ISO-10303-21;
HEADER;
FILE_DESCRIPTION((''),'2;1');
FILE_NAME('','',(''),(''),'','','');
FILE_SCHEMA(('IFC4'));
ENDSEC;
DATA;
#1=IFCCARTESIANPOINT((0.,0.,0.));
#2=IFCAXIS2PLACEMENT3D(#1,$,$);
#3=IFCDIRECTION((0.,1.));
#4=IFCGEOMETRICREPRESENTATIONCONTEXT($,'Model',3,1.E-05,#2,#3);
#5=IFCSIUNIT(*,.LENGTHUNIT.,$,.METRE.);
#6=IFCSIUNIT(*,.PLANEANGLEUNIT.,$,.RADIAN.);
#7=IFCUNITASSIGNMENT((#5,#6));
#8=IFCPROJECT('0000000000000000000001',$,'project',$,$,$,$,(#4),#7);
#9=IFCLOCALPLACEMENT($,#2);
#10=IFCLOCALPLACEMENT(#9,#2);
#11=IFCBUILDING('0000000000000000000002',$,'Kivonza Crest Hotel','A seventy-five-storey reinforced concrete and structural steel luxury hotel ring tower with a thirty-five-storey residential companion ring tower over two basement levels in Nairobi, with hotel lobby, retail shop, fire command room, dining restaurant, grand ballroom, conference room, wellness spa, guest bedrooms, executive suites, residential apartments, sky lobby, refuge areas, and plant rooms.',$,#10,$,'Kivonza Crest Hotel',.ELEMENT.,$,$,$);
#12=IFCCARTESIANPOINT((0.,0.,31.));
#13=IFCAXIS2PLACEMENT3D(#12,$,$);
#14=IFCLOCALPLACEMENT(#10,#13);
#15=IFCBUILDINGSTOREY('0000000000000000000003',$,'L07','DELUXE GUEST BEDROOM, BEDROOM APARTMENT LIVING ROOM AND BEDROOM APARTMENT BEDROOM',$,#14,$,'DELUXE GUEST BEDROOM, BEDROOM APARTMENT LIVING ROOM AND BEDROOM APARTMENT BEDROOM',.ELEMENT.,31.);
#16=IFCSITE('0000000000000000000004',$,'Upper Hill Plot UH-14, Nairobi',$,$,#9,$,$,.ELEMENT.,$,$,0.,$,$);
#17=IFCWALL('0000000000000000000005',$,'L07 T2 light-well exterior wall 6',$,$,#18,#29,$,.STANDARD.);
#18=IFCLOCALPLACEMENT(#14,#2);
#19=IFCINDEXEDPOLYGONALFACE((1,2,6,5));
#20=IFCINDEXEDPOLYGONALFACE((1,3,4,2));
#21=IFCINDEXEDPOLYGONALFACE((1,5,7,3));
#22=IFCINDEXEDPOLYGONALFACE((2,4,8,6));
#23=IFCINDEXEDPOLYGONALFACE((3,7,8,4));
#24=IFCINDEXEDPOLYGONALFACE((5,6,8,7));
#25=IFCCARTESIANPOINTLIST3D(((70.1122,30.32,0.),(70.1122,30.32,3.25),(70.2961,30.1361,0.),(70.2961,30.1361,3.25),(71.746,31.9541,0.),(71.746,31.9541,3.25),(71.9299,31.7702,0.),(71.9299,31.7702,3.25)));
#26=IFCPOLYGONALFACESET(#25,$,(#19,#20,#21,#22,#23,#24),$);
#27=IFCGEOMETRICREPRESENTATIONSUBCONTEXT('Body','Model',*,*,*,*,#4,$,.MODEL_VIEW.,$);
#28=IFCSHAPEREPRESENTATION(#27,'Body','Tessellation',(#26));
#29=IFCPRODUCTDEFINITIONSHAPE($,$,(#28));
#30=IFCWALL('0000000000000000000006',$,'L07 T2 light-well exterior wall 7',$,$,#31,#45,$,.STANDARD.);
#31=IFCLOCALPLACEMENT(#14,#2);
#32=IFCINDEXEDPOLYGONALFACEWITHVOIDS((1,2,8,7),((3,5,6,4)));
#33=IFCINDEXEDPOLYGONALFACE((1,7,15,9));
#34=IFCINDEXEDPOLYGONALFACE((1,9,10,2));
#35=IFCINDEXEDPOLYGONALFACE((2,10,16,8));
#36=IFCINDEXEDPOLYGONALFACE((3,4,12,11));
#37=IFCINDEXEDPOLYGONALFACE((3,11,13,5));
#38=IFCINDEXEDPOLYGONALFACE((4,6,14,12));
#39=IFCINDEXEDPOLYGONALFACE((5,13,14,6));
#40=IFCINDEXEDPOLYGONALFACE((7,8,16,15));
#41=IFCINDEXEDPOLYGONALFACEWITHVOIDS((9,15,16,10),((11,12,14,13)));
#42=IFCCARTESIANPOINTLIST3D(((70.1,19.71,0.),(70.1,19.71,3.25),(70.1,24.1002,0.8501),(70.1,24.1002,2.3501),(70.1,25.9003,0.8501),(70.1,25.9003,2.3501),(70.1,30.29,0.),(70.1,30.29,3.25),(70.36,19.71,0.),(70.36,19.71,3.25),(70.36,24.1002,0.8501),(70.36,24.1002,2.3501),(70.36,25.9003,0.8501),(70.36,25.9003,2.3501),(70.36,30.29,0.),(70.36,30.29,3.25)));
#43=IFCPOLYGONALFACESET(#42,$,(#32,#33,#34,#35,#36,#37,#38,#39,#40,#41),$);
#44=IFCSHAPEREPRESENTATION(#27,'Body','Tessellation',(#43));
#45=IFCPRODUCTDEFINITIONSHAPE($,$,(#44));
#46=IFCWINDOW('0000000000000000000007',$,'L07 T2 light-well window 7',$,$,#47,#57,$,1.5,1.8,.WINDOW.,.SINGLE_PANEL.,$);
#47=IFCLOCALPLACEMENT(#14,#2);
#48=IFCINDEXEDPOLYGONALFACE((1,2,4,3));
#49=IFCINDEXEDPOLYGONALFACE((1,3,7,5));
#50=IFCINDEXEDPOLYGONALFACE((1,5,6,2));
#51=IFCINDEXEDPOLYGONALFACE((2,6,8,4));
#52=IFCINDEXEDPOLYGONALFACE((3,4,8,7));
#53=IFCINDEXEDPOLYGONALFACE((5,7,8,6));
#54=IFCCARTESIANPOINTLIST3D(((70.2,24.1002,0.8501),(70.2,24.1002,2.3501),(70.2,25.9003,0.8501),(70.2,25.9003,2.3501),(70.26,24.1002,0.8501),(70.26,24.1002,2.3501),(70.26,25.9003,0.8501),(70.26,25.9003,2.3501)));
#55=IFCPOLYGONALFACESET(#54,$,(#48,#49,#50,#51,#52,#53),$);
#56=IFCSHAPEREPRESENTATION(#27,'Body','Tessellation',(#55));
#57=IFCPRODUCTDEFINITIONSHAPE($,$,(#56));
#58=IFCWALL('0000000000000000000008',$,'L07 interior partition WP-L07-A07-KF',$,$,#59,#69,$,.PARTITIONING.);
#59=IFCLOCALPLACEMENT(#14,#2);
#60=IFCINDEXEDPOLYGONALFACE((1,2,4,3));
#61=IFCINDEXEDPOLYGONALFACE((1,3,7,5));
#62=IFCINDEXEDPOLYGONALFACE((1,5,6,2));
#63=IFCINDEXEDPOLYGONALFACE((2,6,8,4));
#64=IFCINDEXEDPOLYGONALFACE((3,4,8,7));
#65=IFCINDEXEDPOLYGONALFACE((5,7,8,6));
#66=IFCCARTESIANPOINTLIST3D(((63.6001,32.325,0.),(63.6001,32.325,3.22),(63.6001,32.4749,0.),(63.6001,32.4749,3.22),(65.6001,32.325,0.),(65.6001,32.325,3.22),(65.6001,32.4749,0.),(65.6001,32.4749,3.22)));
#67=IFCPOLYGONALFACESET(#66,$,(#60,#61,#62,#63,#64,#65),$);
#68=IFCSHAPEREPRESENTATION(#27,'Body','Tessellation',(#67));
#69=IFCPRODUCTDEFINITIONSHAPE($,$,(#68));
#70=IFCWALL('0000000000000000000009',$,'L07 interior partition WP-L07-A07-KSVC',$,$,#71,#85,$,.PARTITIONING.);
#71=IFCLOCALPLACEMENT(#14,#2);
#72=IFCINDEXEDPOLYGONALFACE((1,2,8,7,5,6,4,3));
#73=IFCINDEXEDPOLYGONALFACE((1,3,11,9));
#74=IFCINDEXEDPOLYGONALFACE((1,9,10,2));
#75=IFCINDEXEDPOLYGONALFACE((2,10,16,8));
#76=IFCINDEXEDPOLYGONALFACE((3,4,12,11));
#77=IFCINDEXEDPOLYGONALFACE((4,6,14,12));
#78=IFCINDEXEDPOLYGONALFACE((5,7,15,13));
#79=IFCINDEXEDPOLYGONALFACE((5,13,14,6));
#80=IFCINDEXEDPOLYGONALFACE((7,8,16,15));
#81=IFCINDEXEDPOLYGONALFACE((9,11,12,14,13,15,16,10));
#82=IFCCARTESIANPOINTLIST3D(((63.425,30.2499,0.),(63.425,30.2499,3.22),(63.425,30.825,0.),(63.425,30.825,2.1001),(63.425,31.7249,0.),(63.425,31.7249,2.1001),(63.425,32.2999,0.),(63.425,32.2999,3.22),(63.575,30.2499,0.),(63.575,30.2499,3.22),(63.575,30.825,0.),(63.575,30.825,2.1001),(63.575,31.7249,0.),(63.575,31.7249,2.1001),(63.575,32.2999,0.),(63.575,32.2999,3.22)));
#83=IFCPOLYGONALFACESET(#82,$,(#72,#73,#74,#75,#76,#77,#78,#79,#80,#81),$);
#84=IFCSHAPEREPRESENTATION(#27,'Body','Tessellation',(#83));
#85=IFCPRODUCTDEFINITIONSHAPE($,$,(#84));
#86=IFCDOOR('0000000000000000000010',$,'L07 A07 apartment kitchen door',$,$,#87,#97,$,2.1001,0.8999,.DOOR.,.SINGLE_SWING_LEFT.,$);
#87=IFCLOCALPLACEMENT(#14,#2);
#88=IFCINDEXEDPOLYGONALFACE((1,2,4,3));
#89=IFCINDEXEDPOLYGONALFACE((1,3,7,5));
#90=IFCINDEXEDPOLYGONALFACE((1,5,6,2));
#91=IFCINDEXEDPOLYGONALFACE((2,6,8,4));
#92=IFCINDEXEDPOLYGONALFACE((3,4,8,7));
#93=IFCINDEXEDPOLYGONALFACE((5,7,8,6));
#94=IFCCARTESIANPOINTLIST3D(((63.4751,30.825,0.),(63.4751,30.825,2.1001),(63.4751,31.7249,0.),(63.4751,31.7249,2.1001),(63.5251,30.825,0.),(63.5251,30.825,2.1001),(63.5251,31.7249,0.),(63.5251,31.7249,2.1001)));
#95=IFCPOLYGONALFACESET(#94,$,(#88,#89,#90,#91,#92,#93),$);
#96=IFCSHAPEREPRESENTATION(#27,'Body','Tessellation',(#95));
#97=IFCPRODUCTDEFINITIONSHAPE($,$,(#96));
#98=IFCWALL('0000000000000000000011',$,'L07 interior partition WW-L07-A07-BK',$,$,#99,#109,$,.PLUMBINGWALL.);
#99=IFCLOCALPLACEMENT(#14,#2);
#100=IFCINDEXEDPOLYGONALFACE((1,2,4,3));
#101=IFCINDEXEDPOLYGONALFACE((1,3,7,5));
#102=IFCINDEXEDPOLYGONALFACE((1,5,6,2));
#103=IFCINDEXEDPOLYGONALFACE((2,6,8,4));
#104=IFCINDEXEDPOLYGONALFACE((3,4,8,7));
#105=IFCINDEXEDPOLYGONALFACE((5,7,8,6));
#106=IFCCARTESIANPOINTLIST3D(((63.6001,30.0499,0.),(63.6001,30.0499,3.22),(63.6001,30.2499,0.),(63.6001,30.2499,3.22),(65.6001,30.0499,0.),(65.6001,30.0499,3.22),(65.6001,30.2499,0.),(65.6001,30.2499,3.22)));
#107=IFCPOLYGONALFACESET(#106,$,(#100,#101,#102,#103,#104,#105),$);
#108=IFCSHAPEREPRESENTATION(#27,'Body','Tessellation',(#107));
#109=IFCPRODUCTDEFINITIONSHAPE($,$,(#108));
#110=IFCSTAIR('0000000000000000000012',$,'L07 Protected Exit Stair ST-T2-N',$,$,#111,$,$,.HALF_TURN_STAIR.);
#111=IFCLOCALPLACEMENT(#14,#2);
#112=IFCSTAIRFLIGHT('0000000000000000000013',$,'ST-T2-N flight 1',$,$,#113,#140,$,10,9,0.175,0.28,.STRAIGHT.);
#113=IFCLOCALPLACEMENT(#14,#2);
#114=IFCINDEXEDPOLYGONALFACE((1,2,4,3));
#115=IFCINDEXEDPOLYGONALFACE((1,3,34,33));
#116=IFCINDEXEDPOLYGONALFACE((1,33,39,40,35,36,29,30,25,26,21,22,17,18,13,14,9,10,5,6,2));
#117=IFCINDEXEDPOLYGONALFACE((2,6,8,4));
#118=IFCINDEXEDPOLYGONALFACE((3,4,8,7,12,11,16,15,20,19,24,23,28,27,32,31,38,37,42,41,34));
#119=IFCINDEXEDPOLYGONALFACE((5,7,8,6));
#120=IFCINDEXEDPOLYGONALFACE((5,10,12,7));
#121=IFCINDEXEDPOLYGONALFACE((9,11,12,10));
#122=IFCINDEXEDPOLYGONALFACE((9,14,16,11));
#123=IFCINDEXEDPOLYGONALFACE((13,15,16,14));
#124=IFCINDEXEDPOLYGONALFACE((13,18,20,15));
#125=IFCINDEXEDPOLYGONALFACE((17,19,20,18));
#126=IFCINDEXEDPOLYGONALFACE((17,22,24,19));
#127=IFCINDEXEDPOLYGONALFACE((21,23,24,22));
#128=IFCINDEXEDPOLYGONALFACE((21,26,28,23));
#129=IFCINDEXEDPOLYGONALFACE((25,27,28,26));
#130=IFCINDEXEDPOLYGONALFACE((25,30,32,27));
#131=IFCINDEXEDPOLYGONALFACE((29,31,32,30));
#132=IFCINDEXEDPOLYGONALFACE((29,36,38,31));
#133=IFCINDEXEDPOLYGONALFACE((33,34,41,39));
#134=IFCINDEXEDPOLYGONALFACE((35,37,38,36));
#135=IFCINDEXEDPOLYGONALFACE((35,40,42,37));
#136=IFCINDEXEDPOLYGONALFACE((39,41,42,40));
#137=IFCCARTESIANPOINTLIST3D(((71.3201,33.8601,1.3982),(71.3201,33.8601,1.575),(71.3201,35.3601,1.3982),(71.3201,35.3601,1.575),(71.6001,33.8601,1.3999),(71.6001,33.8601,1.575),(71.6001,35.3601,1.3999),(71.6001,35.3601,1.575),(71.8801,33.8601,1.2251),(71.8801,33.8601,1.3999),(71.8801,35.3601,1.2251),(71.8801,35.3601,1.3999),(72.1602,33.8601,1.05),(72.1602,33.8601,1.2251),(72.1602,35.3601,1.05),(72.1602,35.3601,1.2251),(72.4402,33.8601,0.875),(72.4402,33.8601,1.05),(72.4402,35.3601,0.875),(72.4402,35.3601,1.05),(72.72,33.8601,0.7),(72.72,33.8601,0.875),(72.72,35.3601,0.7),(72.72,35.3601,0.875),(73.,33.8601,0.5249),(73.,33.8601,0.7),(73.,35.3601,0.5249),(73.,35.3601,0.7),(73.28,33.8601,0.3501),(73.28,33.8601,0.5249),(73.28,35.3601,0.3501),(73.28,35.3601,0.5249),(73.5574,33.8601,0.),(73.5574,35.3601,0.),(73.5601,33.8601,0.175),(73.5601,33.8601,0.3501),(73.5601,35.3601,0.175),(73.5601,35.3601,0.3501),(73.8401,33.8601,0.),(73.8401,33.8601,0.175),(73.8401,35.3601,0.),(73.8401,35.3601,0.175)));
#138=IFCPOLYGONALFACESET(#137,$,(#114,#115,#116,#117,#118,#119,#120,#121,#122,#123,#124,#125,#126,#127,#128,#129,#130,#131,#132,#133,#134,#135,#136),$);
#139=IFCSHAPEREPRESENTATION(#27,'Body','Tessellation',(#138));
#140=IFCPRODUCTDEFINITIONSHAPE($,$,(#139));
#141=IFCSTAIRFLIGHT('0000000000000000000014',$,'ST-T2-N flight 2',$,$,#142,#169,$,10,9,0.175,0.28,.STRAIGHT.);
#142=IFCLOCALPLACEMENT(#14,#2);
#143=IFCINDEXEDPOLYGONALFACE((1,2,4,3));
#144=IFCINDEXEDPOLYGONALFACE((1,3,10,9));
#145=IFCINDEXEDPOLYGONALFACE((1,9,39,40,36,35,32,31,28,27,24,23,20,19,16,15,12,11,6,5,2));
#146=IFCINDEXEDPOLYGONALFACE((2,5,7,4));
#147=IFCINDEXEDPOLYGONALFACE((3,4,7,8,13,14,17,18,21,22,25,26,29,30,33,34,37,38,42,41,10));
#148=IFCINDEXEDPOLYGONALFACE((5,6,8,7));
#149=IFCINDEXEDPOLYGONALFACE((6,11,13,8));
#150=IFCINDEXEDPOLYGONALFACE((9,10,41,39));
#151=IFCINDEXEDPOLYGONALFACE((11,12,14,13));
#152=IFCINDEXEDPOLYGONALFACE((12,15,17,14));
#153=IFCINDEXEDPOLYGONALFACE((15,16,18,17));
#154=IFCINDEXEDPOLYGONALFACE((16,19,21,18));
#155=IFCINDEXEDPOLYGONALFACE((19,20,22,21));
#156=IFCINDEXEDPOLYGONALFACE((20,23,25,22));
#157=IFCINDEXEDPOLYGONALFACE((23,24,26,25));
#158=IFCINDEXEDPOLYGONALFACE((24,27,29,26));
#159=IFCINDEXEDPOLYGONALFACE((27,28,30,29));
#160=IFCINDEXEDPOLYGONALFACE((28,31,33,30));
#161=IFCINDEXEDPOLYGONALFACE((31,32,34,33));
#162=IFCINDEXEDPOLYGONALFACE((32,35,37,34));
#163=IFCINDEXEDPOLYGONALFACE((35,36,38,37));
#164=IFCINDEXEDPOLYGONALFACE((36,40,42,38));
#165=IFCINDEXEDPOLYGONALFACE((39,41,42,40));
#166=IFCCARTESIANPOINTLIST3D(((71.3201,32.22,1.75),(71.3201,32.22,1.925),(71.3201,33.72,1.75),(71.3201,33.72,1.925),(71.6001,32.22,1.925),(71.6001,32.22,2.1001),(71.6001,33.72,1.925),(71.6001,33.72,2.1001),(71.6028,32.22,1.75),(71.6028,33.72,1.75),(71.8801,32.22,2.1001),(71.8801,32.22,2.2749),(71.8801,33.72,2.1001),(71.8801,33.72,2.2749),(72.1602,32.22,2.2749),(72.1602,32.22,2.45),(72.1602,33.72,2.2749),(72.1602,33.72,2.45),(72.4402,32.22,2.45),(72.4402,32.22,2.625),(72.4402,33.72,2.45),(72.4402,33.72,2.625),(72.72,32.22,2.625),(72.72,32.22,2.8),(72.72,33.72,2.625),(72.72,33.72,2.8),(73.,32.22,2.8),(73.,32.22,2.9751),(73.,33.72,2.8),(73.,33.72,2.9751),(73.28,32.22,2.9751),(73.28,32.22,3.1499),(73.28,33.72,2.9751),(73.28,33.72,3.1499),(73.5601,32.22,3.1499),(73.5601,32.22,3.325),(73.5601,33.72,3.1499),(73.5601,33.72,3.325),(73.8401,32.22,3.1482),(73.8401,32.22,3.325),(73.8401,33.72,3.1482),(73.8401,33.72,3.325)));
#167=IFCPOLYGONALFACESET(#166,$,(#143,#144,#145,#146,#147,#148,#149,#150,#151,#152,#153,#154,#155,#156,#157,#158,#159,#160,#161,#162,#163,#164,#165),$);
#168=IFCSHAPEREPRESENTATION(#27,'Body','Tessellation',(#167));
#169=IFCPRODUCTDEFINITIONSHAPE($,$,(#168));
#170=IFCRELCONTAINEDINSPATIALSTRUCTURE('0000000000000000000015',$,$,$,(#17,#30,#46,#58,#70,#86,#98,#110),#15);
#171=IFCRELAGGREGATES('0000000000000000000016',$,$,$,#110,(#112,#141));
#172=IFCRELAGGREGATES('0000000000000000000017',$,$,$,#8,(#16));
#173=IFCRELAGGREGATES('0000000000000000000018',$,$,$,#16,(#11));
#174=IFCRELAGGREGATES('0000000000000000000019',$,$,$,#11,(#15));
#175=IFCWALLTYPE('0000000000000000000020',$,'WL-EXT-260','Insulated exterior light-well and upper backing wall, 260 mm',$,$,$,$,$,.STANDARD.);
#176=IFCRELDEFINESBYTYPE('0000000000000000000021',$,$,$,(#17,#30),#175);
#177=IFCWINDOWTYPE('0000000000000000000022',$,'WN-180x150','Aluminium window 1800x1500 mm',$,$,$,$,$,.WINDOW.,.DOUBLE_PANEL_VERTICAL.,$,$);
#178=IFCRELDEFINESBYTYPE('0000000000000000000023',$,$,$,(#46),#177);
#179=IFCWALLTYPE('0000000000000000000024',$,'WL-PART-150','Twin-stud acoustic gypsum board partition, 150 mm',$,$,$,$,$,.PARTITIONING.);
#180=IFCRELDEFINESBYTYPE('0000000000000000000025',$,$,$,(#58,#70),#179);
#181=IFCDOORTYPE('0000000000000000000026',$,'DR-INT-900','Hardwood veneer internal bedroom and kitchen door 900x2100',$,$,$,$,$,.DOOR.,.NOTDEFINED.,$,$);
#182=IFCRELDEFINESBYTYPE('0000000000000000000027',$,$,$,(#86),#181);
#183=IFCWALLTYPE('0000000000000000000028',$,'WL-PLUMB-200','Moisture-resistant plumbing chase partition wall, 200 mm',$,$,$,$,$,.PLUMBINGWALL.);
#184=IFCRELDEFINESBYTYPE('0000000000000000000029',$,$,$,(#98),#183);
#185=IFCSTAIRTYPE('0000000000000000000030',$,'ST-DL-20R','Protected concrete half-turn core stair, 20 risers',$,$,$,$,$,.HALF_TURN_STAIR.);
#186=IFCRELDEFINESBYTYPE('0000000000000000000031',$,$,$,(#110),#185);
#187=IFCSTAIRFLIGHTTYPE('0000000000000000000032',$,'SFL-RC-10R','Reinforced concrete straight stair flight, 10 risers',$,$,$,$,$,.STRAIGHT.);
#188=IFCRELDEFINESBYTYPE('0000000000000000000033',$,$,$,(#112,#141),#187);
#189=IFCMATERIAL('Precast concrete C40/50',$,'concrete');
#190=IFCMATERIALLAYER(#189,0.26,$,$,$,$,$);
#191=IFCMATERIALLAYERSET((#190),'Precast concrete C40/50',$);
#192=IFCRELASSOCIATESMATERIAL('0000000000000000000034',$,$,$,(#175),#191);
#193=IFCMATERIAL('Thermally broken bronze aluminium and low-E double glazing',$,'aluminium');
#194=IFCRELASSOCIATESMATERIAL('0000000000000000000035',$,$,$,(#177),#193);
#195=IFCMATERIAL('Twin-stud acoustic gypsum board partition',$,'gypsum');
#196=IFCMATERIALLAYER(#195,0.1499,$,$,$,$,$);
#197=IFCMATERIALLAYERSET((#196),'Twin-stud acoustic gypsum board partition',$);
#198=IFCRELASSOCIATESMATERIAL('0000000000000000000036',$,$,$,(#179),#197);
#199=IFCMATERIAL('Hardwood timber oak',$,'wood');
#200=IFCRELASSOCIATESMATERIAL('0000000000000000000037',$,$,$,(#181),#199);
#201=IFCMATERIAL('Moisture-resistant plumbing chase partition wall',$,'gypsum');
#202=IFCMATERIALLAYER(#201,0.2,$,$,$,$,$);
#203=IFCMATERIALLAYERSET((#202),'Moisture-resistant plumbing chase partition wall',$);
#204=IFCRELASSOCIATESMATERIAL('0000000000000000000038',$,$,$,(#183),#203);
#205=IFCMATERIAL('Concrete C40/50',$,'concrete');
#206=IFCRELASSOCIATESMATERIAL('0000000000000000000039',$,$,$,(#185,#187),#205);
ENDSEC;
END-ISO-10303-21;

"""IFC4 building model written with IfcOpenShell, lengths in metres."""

from ifc_helpers import new_model, si_unit, direction, frame, frame_2d, origin, place, context, subcontext, project, spatial, polyline, rectangle, outline, extrude, material, layer, layer_set, type_object, element, fill, aggregate, save


model = new_model("IFC4")

# Units and contexts
model_context = context("Model", 3, precision=1e-05, world=origin(), true_north=direction((0.0, 1.0)))
body_context = subcontext(model_context, "Body", "Model", "MODEL_VIEW")
ifc_project = project(units=[si_unit("LENGTHUNIT", "METRE"), si_unit("PLANEANGLEUNIT", "RADIAN")], contexts=[model_context])

# Site, building, storey
site_placement = place(None, origin())
site = spatial("IfcSite", under=ifc_project, at=site_placement, Name="Upper Hill Plot UH-14, Nairobi", CompositionType="ELEMENT", RefElevation=0.0)
building_placement = place(site_placement, origin())
building = spatial("IfcBuilding", under=site, at=building_placement, Name="Kivonza Crest Hotel", Description="A seventy-five-storey reinforced concrete and structural steel luxury hotel ring tower with a thirty-five-storey residential companion ring tower over two basement levels in Nairobi, with hotel lobby, retail shop, fire command room, dining restaurant, grand ballroom, conference room, wellness spa, guest bedrooms, executive suites, residential apartments, sky lobby, refuge areas, and plant rooms.", LongName="Kivonza Crest Hotel", CompositionType="ELEMENT")
storey_placement = place(building_placement, frame((0.0, 0.0, 31.0)))
storey = spatial("IfcBuildingStorey", under=building, at=storey_placement, Name="L07", Description="DELUXE GUEST BEDROOM, BEDROOM APARTMENT LIVING ROOM AND BEDROOM APARTMENT BEDROOM", LongName="DELUXE GUEST BEDROOM, BEDROOM APARTMENT LIVING ROOM AND BEDROOM APARTMENT BEDROOM", CompositionType="ELEMENT", Elevation=31.0)

# Shared definitions
ifc_material_1 = material(Name="Hardwood timber oak", Category="wood")

# Wall
ifc_material_2 = material(Name="Precast concrete C40/50", Category="concrete")
ifc_layer_1 = layer(ifc_material_2, 0.26)
ifc_layer_set_1 = layer_set([ifc_layer_1], Name="Precast concrete C40/50")
wall_type_1 = type_object("IfcWallType", Name="WL-EXT-260", Description="Insulated exterior light-well and upper backing wall, 260 mm", PredefinedType="STANDARD", material=ifc_layer_set_1)
wall_1_placement = place(storey_placement, frame((71.8379, 31.8621, 0.0), z_axis=(0.0, 0.0, 1.0), x_axis=(-0.707054, -0.70716, 0.0)))
element("IfcWall", 1, at=wall_1_placement, inside=storey, type_object=wall_type_1, Name="L07 T2 light-well exterior wall 6", PredefinedType="STANDARD", context=body_context, shape_type="SweptSolid", body=[
    extrude(rectangle(XDim=2.3108, YDim=0.26, at=frame_2d((1.1553, 0.0))), origin(), (0.0, 0.0, 1.0), 3.25),
])

# Wall, opening, window
wall_2_placement = place(storey_placement, frame((70.23, 30.29, 0.0), z_axis=(0.0, 0.0, 1.0), x_axis=(0.0, -1.0, 0.0)))
wall_2 = element("IfcWall", 2, at=wall_2_placement, inside=storey, type_object=wall_type_1, Name="L07 T2 light-well exterior wall 7", PredefinedType="STANDARD", context=body_context, shape_type="SweptSolid", body=[
    extrude(rectangle(XDim=10.5801, YDim=0.26, at=frame_2d((5.29, 0.0))), origin(), (0.0, 0.0, 1.0), 3.25),
])
opening_1_placement = place(wall_2_placement, frame((4.3899, 0.0, 0.8501)))
opening_1 = element("IfcOpeningElement", 3, at=opening_1_placement, cuts=wall_2, PredefinedType="OPENING", context=body_context, shape_type="SweptSolid", body=[
    extrude(rectangle(XDim=1.8, YDim=1.5, at=frame_2d((0.8999, 0.75))), frame((0.0, 0.1401, 0.0), z_axis=(0.0, -1.0, 0.0), x_axis=(1.0, 0.0, 0.0)), (0.0, 0.0, 1.0), 0.28),
])
ifc_material_3 = material(Name="Thermally broken bronze aluminium and low-E double glazing", Category="aluminium")
window_type = type_object("IfcWindowType", Name="WN-180x150", Description="Aluminium window 1800x1500 mm", PartitioningType="DOUBLE_PANEL_VERTICAL", PredefinedType="WINDOW", material=ifc_material_3)
window_placement = place(opening_1_placement, origin())
window = element("IfcWindow", 4, at=window_placement, inside=storey, type_object=window_type, Name="L07 T2 light-well window 7", OverallHeight=1.5, OverallWidth=1.8, PartitioningType="SINGLE_PANEL", PredefinedType="WINDOW", context=body_context, shape_type="SweptSolid", body=[
    extrude(rectangle(XDim=1.8, YDim=1.5, at=frame_2d((0.8999, 0.75))), frame((0.0, 0.03, 0.0), z_axis=(0.0, -1.0, 0.0), x_axis=(1.0, 0.0, 0.0)), (0.0, 0.0, 1.0), 0.0601),
])
fill(opening_1, window)

# Wall
ifc_material_4 = material(Name="Twin-stud acoustic gypsum board partition", Category="gypsum")
ifc_layer_2 = layer(ifc_material_4, 0.1499)
ifc_layer_set_2 = layer_set([ifc_layer_2], Name="Twin-stud acoustic gypsum board partition")
wall_type_2 = type_object("IfcWallType", Name="WL-PART-150", Description="Twin-stud acoustic gypsum board partition, 150 mm", PredefinedType="PARTITIONING", material=ifc_layer_set_2)
wall_3_placement = place(storey_placement, frame((63.6001, 32.3999, 0.0), z_axis=(0.0, 0.0, 1.0), x_axis=(1.0, 0.0, 0.0)))
element("IfcWall", 5, at=wall_3_placement, inside=storey, type_object=wall_type_2, Name="L07 interior partition WP-L07-A07-KF", PredefinedType="PARTITIONING", context=body_context, shape_type="SweptSolid", body=[
    extrude(rectangle(XDim=2.0, YDim=0.1499, at=frame_2d((1.0, 0.0))), origin(), (0.0, 0.0, 1.0), 3.22),
])

# Wall, opening, door
wall_4_placement = place(storey_placement, frame((63.5, 30.25, 0.0), z_axis=(0.0, 0.0, 1.0), x_axis=(0.0, 1.0, 0.0)))
wall_4 = element("IfcWall", 6, at=wall_4_placement, inside=storey, type_object=wall_type_2, Name="L07 interior partition WP-L07-A07-KSVC", PredefinedType="PARTITIONING", context=body_context, shape_type="SweptSolid", body=[
    extrude(rectangle(XDim=2.05, YDim=0.1499, at=frame_2d((1.0249, 0.0))), origin(), (0.0, 0.0, 1.0), 3.22),
])
opening_2_placement = place(wall_4_placement, frame((0.575, 0.0, 0.0)))
opening_2 = element("IfcOpeningElement", 7, at=opening_2_placement, cuts=wall_4, PredefinedType="OPENING", context=body_context, shape_type="SweptSolid", body=[
    extrude(rectangle(XDim=0.8999, YDim=2.1001, at=frame_2d((0.45, 1.05))), frame((0.0, 0.085, 0.0), z_axis=(0.0, -1.0, 0.0), x_axis=(1.0, 0.0, 0.0)), (0.0, 0.0, 1.0), 0.1699),
])
door_type_1 = type_object("IfcDoorType", Name="DR-INT-900", Description="Hardwood veneer internal bedroom and kitchen door 900x2100", OperationType="NOTDEFINED", PredefinedType="DOOR", material=ifc_material_1)
door_1_placement = place(opening_2_placement, origin())
door_1 = element("IfcDoor", 8, at=door_1_placement, inside=storey, type_object=door_type_1, Name="L07 A07 apartment kitchen door", OperationType="SINGLE_SWING_LEFT", OverallHeight=2.1001, OverallWidth=0.8999, PredefinedType="DOOR", context=body_context, shape_type="SweptSolid", body=[
    extrude(rectangle(XDim=0.8999, YDim=2.1001, at=frame_2d((0.45, 1.05))), frame((0.0, 0.0249, 0.0), z_axis=(0.0, -1.0, 0.0), x_axis=(1.0, 0.0, 0.0)), (0.0, 0.0, 1.0), 0.05),
])
fill(opening_2, door_1)

# Wall
ifc_material_5 = material(Name="Moisture-resistant plumbing chase partition wall", Category="gypsum")
ifc_layer_3 = layer(ifc_material_5, 0.2)
ifc_layer_set_3 = layer_set([ifc_layer_3], Name="Moisture-resistant plumbing chase partition wall")
wall_type_3 = type_object("IfcWallType", Name="WL-PLUMB-200", Description="Moisture-resistant plumbing chase partition wall, 200 mm", PredefinedType="PLUMBINGWALL", material=ifc_layer_set_3)
wall_5_placement = place(storey_placement, frame((63.6001, 30.1499, 0.0), z_axis=(0.0, 0.0, 1.0), x_axis=(1.0, 0.0, 0.0)))
element("IfcWall", 9, at=wall_5_placement, inside=storey, type_object=wall_type_3, Name="L07 interior partition WW-L07-A07-BK", PredefinedType="PLUMBINGWALL", context=body_context, shape_type="SweptSolid", body=[
    extrude(rectangle(XDim=2.0, YDim=0.2, at=frame_2d((1.0, 0.0))), origin(), (0.0, 0.0, 1.0), 3.22),
])

# Stair, stair flights
ifc_material_6 = material(Name="Concrete C40/50", Category="concrete")
stair_type = type_object("IfcStairType", Name="ST-DL-20R", Description="Protected concrete half-turn core stair, 20 risers", PredefinedType="HALF_TURN_STAIR", material=ifc_material_6)
stair_placement = place(storey_placement, origin())
stair = element("IfcStair", 10, at=stair_placement, inside=storey, type_object=stair_type, Name="L07 Protected Exit Stair ST-T2-N", PredefinedType="HALF_TURN_STAIR")
stair_flight_type = type_object("IfcStairFlightType", Name="SFL-RC-10R", Description="Reinforced concrete straight stair flight, 10 risers", PredefinedType="STRAIGHT", material=ifc_material_6)
stair_flight_1_placement = place(storey_placement, frame((73.8401, 34.6101, 0.0), z_axis=(0.0, 0.0, 1.0), x_axis=(-1.0, 0.0, 0.0)))
stair_flight_1 = element("IfcStairFlight", 11, at=stair_flight_1_placement, type_object=stair_flight_type, Name="ST-T2-N flight 1", NumberOfRisers=10, NumberOfTreads=9, PredefinedType="STRAIGHT", RiserHeight=0.175, TreadLength=0.28, context=body_context, shape_type="SweptSolid", body=[
    extrude(outline(polyline([(0.0, 0.0), (0.0, 0.175), (0.28, 0.175), (0.28, 0.3501), (0.5601, 0.3501), (0.5601, 0.5249), (0.8401, 0.5249), (0.8401, 0.7), (1.1201, 0.7), (1.1201, 0.875), (1.3999, 0.875), (1.3999, 1.05), (1.6799, 1.05), (1.6799, 1.2251), (1.96, 1.2251), (1.96, 1.3999), (2.24, 1.3999), (2.24, 1.575), (2.52, 1.575), (2.52, 1.75), (2.52, 1.3982), (0.2827, 0.0), (0.0, 0.0)])), frame((0.0, 0.75, 0.0), z_axis=(0.0, -1.0, 0.0), x_axis=(1.0, 0.0, 0.0)), (0.0, 0.0, 1.0), 1.5),
])
stair_flight_2_placement = place(storey_placement, frame((71.3201, 32.97, 1.75), z_axis=(0.0, 0.0, 1.0), x_axis=(1.0, 0.0, 0.0)))
stair_flight_2 = element("IfcStairFlight", 12, at=stair_flight_2_placement, type_object=stair_flight_type, Name="ST-T2-N flight 2", NumberOfRisers=10, NumberOfTreads=9, PredefinedType="STRAIGHT", RiserHeight=0.175, TreadLength=0.28, context=body_context, shape_type="SweptSolid", body=[
    extrude(outline(polyline([(0.0, 0.0), (0.0, 0.175), (0.28, 0.175), (0.28, 0.3501), (0.5601, 0.3501), (0.5601, 0.5249), (0.8401, 0.5249), (0.8401, 0.7), (1.1201, 0.7), (1.1201, 0.875), (1.3999, 0.875), (1.3999, 1.05), (1.6799, 1.05), (1.6799, 1.2251), (1.96, 1.2251), (1.96, 1.3999), (2.24, 1.3999), (2.24, 1.575), (2.52, 1.575), (2.52, 1.75), (2.52, 1.3982), (0.2827, 0.0), (0.0, 0.0)])), frame((0.0, 0.75, 0.0), z_axis=(0.0, -1.0, 0.0), x_axis=(1.0, 0.0, 0.0)), (0.0, 0.0, 1.0), 1.5),
])
aggregate(stair, [stair_flight_1, stair_flight_2])

save(model, "model.ifc")
